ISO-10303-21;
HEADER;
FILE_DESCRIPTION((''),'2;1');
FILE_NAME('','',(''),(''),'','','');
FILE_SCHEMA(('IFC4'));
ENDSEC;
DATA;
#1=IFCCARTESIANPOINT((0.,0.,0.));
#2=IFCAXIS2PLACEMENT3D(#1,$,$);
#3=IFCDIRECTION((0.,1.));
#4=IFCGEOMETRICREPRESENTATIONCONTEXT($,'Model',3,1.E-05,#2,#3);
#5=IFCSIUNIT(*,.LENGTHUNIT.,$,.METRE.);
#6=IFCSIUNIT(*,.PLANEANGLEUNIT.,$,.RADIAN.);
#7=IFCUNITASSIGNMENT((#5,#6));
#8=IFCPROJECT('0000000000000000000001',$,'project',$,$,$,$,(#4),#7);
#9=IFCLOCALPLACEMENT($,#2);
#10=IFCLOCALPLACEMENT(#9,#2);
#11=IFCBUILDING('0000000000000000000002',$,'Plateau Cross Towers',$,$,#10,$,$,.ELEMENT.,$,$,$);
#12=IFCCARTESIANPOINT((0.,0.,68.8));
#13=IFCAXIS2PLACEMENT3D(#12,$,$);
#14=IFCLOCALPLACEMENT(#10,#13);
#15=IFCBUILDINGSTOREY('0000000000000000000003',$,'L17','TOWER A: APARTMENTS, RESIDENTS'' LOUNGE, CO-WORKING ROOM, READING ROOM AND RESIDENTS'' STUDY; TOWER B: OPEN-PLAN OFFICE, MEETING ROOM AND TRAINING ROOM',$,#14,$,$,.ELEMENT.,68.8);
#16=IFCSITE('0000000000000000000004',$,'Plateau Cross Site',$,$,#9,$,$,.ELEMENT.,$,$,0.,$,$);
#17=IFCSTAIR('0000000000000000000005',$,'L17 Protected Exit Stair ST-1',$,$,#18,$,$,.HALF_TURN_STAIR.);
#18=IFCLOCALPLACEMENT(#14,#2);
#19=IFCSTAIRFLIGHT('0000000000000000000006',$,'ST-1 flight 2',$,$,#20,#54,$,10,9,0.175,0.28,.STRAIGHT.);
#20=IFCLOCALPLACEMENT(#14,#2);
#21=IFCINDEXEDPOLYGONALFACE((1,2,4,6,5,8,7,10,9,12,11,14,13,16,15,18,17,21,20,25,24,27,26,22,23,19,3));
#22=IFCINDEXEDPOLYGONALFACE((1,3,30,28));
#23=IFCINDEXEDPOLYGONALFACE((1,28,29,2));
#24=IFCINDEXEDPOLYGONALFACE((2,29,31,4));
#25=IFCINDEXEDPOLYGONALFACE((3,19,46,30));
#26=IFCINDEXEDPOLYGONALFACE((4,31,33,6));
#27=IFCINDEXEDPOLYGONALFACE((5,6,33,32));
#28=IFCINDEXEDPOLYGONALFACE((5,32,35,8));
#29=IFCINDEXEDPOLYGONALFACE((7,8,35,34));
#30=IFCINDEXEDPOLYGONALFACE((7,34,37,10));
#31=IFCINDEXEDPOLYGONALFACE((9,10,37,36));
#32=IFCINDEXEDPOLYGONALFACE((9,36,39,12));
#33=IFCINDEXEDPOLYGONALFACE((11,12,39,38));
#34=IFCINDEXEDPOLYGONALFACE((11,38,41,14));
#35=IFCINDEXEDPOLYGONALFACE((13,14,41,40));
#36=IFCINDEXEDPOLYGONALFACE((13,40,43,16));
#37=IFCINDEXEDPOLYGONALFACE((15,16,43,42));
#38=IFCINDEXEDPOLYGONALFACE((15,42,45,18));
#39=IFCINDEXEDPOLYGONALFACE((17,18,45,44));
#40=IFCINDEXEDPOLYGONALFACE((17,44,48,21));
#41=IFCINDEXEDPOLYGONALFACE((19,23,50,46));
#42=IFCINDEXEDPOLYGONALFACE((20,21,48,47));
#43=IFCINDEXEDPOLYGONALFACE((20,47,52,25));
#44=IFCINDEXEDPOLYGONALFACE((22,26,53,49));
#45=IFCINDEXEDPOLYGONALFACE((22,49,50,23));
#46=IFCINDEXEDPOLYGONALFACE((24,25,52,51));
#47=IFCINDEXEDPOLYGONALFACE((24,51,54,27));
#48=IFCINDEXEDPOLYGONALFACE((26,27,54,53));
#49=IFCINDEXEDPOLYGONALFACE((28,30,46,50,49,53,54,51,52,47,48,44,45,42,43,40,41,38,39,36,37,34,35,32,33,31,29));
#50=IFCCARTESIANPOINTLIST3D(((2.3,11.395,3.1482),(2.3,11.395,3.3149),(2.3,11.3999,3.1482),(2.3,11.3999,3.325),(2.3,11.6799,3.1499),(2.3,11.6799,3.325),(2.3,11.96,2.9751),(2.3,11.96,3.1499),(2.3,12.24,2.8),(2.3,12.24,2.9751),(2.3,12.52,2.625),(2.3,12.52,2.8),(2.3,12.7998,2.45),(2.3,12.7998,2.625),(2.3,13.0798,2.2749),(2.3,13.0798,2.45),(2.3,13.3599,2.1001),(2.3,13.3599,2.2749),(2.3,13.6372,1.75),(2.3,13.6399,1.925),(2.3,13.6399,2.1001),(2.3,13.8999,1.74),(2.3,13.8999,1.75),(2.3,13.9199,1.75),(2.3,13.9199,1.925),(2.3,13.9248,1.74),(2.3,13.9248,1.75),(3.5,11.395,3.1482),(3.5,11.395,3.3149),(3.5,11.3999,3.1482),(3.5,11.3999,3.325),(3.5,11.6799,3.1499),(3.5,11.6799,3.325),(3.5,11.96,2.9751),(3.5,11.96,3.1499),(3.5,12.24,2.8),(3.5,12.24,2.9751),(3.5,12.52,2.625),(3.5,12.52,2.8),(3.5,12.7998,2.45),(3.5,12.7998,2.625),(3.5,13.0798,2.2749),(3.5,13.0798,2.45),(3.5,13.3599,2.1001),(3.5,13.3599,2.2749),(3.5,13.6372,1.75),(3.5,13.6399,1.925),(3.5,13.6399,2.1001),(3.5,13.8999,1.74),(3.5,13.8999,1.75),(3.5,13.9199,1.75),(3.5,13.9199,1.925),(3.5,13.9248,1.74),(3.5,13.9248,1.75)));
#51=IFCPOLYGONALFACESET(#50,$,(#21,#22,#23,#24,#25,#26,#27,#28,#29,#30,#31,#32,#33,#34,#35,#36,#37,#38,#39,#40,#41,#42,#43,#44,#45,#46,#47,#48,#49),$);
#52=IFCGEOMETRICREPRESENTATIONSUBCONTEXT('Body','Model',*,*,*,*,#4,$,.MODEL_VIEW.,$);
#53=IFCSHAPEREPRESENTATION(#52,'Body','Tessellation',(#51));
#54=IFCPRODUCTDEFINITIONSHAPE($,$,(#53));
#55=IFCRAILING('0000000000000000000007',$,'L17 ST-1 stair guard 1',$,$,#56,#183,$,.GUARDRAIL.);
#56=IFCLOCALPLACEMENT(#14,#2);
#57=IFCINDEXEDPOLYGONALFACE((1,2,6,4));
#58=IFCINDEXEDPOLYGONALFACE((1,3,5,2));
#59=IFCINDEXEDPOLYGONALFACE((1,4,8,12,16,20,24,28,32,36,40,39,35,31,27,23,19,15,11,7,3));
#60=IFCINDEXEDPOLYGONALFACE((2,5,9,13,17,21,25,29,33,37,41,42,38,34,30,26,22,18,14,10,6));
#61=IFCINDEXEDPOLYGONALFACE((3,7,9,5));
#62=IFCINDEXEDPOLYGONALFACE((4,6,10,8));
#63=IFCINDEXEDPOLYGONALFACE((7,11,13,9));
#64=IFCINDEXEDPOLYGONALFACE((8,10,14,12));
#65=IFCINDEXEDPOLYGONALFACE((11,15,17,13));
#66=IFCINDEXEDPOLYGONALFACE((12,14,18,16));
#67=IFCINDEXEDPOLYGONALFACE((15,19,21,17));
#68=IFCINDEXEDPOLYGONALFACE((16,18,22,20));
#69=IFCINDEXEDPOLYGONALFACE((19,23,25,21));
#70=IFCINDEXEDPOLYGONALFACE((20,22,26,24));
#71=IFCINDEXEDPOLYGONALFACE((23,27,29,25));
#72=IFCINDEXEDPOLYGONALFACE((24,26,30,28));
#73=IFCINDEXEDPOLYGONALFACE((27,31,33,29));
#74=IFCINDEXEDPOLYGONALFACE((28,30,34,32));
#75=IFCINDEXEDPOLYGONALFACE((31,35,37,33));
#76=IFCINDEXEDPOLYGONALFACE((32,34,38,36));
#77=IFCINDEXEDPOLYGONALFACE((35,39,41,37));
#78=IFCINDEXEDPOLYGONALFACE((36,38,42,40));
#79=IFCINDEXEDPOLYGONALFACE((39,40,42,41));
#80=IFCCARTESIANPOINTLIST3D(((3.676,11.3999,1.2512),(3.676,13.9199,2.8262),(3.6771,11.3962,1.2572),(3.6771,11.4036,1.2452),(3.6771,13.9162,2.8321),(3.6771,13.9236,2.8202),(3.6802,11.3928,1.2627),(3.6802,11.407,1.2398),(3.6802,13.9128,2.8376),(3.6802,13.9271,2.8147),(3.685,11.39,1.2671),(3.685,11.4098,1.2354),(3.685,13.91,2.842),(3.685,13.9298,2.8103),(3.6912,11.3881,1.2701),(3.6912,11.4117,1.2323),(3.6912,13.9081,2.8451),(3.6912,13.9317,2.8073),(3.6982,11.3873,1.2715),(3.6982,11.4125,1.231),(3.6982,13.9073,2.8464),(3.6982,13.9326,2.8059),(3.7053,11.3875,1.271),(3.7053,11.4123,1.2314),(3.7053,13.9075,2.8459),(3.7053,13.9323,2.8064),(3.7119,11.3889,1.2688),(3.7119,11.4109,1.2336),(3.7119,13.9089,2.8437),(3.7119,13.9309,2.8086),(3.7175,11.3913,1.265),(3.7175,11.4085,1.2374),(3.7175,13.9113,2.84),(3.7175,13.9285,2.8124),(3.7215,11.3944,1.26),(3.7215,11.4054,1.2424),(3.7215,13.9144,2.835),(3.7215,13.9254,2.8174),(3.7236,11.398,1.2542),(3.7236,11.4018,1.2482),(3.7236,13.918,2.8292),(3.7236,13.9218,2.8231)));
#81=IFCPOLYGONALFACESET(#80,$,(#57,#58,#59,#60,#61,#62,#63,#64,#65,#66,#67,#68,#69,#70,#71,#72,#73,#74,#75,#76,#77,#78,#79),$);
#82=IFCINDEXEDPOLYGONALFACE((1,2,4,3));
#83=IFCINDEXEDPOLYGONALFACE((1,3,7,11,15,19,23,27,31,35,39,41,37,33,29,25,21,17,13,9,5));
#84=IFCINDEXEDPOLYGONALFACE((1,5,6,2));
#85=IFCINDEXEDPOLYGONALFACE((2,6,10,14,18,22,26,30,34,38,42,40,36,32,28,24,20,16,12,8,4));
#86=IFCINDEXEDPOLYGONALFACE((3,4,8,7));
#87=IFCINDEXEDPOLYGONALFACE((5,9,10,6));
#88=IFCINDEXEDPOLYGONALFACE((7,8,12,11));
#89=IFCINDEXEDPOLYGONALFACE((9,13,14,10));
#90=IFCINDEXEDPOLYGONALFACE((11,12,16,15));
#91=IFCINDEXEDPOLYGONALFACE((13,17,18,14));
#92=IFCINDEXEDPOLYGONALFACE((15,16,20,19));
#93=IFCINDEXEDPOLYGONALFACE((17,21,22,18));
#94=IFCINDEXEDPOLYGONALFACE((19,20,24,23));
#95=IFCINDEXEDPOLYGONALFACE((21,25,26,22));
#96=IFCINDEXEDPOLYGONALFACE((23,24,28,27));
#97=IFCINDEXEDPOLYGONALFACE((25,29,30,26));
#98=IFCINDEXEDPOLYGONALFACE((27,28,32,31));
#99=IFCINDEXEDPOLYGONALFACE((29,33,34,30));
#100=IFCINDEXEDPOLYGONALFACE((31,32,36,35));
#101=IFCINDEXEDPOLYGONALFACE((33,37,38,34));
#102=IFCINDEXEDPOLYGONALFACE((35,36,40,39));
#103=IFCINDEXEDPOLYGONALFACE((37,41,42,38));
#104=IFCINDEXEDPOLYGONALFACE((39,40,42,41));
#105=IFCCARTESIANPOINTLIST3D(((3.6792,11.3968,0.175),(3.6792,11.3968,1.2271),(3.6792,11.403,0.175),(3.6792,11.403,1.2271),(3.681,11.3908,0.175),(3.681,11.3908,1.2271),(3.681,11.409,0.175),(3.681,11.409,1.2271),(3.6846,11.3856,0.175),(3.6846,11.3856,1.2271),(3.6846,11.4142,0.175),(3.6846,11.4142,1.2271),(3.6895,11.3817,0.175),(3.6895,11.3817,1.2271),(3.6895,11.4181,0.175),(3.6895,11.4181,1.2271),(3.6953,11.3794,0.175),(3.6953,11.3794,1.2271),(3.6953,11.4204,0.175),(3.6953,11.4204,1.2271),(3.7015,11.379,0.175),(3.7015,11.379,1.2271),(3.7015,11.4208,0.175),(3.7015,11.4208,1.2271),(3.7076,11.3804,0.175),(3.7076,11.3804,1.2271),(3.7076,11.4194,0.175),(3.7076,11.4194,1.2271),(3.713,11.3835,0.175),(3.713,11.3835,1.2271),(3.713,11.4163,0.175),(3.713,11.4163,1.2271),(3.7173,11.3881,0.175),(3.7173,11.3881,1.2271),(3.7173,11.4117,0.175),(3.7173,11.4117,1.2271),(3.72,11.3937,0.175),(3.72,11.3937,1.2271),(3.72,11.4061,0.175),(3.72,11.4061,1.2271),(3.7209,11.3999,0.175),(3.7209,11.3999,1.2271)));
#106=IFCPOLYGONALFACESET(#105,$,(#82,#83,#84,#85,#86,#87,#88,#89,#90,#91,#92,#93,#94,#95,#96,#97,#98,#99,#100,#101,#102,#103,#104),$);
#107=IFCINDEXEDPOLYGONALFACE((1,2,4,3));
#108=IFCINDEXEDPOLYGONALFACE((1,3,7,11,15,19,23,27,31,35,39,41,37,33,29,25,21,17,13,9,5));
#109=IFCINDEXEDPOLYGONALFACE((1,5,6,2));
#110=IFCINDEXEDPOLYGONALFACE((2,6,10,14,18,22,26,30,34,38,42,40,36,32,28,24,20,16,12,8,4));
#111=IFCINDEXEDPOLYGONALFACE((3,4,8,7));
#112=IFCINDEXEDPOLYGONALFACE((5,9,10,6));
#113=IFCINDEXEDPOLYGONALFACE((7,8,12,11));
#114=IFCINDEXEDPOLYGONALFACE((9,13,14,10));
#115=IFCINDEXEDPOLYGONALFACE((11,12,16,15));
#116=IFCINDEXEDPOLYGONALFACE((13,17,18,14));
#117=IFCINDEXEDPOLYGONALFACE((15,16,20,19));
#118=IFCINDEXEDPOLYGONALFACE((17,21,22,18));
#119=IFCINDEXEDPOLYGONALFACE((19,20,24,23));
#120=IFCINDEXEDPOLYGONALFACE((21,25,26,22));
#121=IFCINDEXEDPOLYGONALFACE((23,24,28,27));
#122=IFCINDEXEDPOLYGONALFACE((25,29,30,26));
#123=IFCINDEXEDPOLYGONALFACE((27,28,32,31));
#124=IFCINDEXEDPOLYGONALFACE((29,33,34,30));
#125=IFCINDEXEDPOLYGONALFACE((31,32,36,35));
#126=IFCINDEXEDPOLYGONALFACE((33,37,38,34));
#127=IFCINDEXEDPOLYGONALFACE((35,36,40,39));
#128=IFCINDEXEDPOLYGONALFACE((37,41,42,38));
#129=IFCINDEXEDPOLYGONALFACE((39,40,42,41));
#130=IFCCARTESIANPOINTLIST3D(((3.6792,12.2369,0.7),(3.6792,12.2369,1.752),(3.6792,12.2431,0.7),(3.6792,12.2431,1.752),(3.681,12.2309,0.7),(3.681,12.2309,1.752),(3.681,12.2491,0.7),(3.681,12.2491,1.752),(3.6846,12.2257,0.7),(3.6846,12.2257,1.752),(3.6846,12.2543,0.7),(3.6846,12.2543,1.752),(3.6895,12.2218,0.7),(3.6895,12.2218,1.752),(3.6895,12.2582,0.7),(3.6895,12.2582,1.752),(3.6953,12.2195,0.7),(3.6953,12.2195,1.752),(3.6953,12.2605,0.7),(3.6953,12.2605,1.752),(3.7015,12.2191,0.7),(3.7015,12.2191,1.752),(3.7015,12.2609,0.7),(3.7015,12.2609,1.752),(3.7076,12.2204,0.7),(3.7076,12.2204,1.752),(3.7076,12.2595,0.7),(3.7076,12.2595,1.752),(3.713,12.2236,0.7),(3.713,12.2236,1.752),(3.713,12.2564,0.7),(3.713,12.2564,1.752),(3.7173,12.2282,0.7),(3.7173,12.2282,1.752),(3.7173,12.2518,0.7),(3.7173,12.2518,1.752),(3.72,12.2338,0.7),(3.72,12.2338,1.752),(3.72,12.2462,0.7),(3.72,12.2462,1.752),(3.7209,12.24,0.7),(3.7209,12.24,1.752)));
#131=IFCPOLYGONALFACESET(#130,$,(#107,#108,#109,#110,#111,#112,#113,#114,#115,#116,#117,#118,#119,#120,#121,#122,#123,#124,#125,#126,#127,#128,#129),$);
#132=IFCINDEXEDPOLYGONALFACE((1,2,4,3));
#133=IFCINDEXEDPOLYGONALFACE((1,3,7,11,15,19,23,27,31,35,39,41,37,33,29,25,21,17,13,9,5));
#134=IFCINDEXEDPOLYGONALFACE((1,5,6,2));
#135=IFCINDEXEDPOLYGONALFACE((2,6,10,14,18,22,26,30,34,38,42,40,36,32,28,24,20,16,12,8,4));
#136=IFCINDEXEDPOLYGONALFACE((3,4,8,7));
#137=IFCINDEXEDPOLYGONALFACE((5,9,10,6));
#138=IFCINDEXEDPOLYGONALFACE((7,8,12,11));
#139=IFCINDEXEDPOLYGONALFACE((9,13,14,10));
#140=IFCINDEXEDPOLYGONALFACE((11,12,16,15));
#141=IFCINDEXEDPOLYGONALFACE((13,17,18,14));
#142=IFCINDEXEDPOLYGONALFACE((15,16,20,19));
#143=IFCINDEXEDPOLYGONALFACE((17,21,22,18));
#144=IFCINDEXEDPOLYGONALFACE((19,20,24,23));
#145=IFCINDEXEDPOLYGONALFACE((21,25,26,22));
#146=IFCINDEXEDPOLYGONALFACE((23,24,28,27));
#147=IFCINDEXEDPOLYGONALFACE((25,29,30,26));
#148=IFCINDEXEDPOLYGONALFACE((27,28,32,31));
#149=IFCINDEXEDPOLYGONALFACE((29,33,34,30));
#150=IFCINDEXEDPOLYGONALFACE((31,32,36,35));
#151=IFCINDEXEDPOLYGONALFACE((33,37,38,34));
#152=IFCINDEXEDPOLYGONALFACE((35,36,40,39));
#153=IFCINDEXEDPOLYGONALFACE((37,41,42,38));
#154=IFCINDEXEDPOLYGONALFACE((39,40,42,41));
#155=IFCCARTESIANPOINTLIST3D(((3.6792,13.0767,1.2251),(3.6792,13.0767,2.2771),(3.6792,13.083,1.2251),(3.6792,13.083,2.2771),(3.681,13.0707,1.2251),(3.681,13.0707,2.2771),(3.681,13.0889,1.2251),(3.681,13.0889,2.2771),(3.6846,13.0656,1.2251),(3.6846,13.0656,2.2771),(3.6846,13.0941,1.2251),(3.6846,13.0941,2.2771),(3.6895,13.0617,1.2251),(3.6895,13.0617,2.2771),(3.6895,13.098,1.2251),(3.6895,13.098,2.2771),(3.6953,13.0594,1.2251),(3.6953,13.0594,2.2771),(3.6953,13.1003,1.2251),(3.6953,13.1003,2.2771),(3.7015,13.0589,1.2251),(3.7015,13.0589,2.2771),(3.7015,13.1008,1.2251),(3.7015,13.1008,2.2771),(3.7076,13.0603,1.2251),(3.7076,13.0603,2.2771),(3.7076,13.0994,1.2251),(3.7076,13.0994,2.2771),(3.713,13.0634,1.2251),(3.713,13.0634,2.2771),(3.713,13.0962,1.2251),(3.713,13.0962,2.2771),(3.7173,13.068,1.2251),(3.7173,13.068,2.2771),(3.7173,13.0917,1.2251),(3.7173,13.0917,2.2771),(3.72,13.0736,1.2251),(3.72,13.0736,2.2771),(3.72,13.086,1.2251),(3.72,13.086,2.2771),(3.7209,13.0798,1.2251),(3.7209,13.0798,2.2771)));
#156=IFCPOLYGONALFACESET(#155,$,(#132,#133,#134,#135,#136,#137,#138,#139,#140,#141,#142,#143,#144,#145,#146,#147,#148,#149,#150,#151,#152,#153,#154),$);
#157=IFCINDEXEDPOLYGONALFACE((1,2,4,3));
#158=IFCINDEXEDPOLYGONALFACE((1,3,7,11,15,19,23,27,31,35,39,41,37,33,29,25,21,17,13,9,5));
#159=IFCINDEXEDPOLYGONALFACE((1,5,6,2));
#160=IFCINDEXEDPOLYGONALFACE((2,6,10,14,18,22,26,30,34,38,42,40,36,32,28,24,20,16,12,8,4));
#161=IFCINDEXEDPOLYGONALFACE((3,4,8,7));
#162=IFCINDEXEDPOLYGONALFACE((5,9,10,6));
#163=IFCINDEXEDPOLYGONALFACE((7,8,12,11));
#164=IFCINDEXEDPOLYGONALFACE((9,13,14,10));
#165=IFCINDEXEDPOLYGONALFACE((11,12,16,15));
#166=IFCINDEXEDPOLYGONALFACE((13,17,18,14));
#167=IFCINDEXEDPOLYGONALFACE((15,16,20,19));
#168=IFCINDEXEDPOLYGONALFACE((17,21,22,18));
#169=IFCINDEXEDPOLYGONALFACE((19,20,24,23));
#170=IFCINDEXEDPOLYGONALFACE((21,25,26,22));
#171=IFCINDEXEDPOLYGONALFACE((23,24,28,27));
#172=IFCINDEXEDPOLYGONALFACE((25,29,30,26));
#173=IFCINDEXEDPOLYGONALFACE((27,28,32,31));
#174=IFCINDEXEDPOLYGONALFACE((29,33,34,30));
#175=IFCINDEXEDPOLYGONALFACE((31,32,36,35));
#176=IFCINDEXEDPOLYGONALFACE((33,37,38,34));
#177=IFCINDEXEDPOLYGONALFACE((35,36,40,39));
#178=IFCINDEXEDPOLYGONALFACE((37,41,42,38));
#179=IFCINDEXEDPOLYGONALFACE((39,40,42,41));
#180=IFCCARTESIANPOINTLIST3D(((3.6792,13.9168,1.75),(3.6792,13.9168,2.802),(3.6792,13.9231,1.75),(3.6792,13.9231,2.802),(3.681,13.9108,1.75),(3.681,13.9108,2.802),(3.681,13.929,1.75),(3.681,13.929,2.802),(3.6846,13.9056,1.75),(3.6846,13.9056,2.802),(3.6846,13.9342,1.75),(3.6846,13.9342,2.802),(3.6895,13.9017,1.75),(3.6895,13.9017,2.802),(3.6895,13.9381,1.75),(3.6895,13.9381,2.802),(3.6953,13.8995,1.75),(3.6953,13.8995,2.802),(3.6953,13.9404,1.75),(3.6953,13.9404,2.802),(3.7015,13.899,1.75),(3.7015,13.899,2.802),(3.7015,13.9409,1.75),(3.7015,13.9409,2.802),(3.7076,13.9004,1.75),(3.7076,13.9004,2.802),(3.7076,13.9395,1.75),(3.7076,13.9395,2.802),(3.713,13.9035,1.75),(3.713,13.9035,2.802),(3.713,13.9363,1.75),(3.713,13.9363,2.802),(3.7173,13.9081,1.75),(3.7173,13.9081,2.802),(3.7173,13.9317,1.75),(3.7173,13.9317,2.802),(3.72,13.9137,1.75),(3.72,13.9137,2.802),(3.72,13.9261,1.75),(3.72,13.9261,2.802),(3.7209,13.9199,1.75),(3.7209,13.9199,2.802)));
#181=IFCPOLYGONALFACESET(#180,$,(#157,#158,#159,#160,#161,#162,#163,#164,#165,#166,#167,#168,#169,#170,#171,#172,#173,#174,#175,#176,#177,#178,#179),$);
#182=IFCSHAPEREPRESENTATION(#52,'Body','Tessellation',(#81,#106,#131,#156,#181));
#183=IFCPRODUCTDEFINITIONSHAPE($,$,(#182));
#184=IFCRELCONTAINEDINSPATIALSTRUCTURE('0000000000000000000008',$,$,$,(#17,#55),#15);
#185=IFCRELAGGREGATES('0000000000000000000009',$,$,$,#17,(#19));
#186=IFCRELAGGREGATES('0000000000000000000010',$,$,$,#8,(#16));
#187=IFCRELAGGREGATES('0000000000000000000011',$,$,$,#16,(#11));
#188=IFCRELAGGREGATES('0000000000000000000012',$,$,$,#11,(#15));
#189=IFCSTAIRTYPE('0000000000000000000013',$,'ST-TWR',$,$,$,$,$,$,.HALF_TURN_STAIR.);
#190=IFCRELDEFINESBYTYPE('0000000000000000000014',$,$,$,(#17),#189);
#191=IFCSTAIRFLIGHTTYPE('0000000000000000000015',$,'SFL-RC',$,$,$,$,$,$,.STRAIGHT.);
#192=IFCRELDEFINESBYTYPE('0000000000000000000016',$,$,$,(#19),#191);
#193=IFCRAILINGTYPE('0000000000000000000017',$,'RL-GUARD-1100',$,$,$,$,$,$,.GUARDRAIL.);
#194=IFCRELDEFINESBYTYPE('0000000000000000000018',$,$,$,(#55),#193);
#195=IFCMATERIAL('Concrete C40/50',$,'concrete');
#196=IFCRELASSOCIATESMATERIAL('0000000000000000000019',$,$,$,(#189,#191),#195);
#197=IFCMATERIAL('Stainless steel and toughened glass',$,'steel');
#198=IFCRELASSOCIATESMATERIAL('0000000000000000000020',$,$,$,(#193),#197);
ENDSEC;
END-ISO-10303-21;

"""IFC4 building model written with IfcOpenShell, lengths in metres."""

from ifc_helpers import new_model, si_unit, direction, frame, origin, origin_2d, place, context, subcontext, project, spatial, polyline, circle, outline, extrude, material, type_object, element, aggregate, save


model = new_model("IFC4")

# Units and contexts
model_context = context("Model", 3, precision=1e-05, world=origin(), true_north=direction((0.0, 1.0)))
body_context = subcontext(model_context, "Body", "Model", "MODEL_VIEW")
ifc_project = project(units=[si_unit("LENGTHUNIT", "METRE"), si_unit("PLANEANGLEUNIT", "RADIAN")], contexts=[model_context])

# Site, building, storey
site_placement = place(None, origin())
site = spatial("IfcSite", under=ifc_project, at=site_placement, Name="Plateau Cross Site", CompositionType="ELEMENT", RefElevation=0.0)
building_placement = place(site_placement, origin())
building = spatial("IfcBuilding", under=site, at=building_placement, Name="Plateau Cross Towers", CompositionType="ELEMENT")
storey_placement = place(building_placement, frame((0.0, 0.0, 68.8)))
storey = spatial("IfcBuildingStorey", under=building, at=storey_placement, Name="L17", Description="TOWER A: APARTMENTS, RESIDENTS' LOUNGE, CO-WORKING ROOM, READING ROOM AND RESIDENTS' STUDY; TOWER B: OPEN-PLAN OFFICE, MEETING ROOM AND TRAINING ROOM", CompositionType="ELEMENT", Elevation=68.8)

# Stair, stair flight
ifc_material_1 = material(Name="Concrete C40/50", Category="concrete")
stair_type = type_object("IfcStairType", Name="ST-TWR", PredefinedType="HALF_TURN_STAIR", material=ifc_material_1)
stair_placement = place(storey_placement, origin())
stair = element("IfcStair", 1, at=stair_placement, inside=storey, type_object=stair_type, Name="L17 Protected Exit Stair ST-1", PredefinedType="HALF_TURN_STAIR")
stair_flight_type = type_object("IfcStairFlightType", Name="SFL-RC", PredefinedType="STRAIGHT", material=ifc_material_1)
stair_flight_1_placement = place(storey_placement, frame((2.8999, 13.9199, 1.75), z_axis=(0.0, 0.0, 1.0), x_axis=(0.0, -1.0, 0.0)))
stair_flight_1 = element("IfcStairFlight", 2, at=stair_flight_1_placement, type_object=stair_flight_type, Name="ST-1 flight 2", NumberOfRisers=10, NumberOfTreads=9, PredefinedType="STRAIGHT", RiserHeight=0.175, TreadLength=0.28, context=body_context, shape_type="SweptSolid", body=[
    extrude(outline(polyline([(-0.0049, -0.01), (-0.0049, 0.0), (0.0, 0.0), (0.0, 0.175), (0.28, 0.175), (0.28, 0.3501), (0.5601, 0.3501), (0.5601, 0.5249), (0.8401, 0.5249), (0.8401, 0.7), (1.1201, 0.7), (1.1201, 0.875), (1.3999, 0.875), (1.3999, 1.05), (1.6799, 1.05), (1.6799, 1.2251), (1.96, 1.2251), (1.96, 1.3999), (2.24, 1.3999), (2.24, 1.575), (2.52, 1.575), (2.5249, 1.5649), (2.5249, 1.3982), (2.52, 1.3982), (0.2827, 0.0), (0.02, 0.0), (0.02, -0.01), (-0.0049, -0.01)])), frame((0.0, 0.6001, 0.0), z_axis=(0.0, -1.0, 0.0), x_axis=(1.0, 0.0, 0.0)), (0.0, 0.0, 1.0), 1.2),
])
aggregate(stair, [stair_flight_1])

# Railing
ifc_material_2 = material(Name="Stainless steel and toughened glass", Category="steel")
railing_type_1 = type_object("IfcRailingType", Name="RL-GUARD-1100", PredefinedType="GUARDRAIL", material=ifc_material_2)
railing_1_placement = place(storey_placement, frame((3.7, 11.3999, 0.175)))
element("IfcRailing", 3, at=railing_1_placement, inside=storey, type_object=railing_type_1, Name="L17 ST-1 stair guard 1", PredefinedType="GUARDRAIL", context=body_context, shape_type="SweptSolid", body=[
    extrude(circle(Radius=0.0239, at=origin_2d()), frame((0.0, 0.0, 1.0762), z_axis=(0.0, 0.848008, 0.529984), x_axis=(-1.0, 0.0, 0.0)), (0.0, 0.0, 1.0), 2.9717),
    extrude(circle(Radius=0.021, at=origin_2d()), origin(), (0.0, 0.0, 1.0), 1.052),
    extrude(circle(Radius=0.021, at=origin_2d()), frame((0.0, 0.8401, 0.5249)), (0.0, 0.0, 1.0), 1.052),
    extrude(circle(Radius=0.021, at=origin_2d()), frame((0.0, 1.6799, 1.05)), (0.0, 0.0, 1.0), 1.052),
    extrude(circle(Radius=0.021, at=origin_2d()), frame((0.0, 2.52, 1.575)), (0.0, 0.0, 1.0), 1.052),
])

save(model, "model.ifc")
